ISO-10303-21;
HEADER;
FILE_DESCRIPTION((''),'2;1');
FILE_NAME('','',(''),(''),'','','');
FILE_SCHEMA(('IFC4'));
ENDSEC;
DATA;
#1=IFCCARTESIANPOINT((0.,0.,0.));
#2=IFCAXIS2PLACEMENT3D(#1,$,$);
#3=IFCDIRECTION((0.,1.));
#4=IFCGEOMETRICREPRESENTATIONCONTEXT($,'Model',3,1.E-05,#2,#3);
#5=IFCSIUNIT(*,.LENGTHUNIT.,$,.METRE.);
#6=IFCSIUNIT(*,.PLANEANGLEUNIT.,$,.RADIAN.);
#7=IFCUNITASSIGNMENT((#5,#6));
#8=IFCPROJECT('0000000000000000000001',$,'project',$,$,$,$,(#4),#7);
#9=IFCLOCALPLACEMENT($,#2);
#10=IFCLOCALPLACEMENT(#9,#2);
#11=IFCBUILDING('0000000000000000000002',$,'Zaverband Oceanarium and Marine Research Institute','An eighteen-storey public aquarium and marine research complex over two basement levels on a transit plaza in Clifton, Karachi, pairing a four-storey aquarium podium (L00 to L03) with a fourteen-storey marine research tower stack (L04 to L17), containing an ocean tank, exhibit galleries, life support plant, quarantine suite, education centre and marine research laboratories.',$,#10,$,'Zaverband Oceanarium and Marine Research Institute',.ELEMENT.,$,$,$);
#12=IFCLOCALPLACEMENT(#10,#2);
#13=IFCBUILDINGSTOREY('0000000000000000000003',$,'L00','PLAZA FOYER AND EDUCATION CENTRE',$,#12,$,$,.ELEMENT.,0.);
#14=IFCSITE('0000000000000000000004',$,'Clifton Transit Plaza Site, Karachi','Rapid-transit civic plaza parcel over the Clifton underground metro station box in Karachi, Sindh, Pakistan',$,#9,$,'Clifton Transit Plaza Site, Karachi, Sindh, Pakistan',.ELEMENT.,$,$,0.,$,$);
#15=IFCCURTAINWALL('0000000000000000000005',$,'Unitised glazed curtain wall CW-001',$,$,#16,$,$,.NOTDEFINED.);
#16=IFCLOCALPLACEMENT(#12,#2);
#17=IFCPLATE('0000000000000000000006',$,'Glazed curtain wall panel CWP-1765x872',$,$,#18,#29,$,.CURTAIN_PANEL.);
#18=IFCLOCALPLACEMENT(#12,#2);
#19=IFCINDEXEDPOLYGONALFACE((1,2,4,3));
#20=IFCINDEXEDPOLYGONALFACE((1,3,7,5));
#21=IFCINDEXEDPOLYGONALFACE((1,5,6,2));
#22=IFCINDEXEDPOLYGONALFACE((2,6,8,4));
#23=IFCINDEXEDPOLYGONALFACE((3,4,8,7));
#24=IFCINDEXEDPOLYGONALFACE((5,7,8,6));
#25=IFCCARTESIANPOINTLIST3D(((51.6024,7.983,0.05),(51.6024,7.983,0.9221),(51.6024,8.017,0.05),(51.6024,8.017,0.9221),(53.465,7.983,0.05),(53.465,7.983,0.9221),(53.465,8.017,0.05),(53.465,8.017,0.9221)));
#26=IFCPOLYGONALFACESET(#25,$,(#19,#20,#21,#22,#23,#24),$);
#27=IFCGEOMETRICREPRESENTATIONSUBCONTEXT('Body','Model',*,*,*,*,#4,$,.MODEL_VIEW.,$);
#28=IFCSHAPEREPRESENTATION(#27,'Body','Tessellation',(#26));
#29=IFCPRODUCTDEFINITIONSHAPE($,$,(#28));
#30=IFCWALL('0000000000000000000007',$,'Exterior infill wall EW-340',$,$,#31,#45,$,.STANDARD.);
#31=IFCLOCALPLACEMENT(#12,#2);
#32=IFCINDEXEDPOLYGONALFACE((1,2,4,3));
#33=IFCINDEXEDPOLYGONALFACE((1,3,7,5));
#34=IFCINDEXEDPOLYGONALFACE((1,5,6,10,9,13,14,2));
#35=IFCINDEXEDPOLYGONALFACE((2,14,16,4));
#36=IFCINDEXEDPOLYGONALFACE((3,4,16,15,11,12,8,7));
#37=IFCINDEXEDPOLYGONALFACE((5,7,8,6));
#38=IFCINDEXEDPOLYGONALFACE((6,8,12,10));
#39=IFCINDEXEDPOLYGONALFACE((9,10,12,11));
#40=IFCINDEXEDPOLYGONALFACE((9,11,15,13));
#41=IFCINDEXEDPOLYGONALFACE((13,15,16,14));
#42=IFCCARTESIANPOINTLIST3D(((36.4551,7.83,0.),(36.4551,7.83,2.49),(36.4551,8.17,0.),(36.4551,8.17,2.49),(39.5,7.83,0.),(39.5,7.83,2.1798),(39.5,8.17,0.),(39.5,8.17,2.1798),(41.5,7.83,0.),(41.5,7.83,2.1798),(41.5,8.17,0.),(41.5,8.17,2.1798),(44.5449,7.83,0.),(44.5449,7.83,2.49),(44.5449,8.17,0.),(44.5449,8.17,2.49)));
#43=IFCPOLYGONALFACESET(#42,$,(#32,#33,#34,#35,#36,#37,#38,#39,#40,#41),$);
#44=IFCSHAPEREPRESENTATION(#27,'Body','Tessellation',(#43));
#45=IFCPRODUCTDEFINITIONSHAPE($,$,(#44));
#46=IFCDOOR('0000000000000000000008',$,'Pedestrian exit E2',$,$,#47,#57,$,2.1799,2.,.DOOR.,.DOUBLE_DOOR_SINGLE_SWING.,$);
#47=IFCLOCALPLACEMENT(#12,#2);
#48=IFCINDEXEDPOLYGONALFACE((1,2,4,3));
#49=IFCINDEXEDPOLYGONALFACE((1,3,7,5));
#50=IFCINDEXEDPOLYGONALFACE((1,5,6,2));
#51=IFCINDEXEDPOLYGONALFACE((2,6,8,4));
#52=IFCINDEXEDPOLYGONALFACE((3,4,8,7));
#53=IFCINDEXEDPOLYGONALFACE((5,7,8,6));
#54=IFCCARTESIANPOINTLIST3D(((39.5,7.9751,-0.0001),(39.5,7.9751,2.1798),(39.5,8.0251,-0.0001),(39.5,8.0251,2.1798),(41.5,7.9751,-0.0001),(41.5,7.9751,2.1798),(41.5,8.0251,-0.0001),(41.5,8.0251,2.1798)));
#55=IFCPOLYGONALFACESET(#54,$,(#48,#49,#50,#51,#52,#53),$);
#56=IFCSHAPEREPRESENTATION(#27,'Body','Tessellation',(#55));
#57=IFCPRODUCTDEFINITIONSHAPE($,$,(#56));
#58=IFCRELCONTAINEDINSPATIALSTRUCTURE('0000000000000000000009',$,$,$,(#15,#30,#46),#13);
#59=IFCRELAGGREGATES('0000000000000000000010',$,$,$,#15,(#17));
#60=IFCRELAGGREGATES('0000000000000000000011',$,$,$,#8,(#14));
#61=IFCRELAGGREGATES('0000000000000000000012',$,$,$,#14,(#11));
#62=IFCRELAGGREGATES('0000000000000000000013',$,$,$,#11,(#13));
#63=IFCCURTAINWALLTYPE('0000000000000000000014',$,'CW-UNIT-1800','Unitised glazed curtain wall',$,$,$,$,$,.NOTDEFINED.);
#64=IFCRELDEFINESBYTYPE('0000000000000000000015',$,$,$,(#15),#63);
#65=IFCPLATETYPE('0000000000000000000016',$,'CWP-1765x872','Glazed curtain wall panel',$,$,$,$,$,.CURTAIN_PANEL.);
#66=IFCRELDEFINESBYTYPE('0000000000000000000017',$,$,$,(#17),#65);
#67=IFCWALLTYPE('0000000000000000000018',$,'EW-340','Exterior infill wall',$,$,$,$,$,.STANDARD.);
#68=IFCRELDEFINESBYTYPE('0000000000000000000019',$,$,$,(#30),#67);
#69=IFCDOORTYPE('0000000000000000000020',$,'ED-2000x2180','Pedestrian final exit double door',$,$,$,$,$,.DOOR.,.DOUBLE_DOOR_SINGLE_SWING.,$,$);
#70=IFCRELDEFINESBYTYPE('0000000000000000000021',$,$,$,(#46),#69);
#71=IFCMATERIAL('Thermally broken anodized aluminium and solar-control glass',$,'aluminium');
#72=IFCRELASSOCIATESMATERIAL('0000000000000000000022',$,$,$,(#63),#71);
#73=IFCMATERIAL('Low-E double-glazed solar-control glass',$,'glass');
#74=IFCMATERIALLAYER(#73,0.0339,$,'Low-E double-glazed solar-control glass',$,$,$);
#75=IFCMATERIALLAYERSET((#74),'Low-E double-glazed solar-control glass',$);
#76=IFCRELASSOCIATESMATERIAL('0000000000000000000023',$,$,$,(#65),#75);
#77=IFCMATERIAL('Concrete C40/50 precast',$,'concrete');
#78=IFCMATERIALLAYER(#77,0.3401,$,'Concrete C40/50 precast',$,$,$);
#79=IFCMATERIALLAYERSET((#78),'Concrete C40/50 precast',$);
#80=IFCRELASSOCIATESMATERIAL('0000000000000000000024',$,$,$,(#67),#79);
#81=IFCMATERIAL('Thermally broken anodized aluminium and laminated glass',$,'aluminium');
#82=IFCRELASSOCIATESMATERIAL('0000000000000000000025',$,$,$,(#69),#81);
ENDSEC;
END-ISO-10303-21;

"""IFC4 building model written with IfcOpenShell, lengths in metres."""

from ifc_helpers import new_model, si_unit, direction, frame, frame_2d, origin, place, context, subcontext, project, spatial, rectangle, extrude, material, layer, layer_set, type_object, element, fill, aggregate, save


model = new_model("IFC4")

# Units and contexts
model_context = context("Model", 3, precision=1e-05, world=origin(), true_north=direction((0.0, 1.0)))
body_context = subcontext(model_context, "Body", "Model", "MODEL_VIEW")
ifc_project = project(units=[si_unit("LENGTHUNIT", "METRE"), si_unit("PLANEANGLEUNIT", "RADIAN")], contexts=[model_context])

# Site, building, storey
site_placement = place(None, origin())
site = spatial("IfcSite", under=ifc_project, at=site_placement, Name="Clifton Transit Plaza Site, Karachi", Description="Rapid-transit civic plaza parcel over the Clifton underground metro station box in Karachi, Sindh, Pakistan", LongName="Clifton Transit Plaza Site, Karachi, Sindh, Pakistan", CompositionType="ELEMENT", RefElevation=0.0)
building_placement = place(site_placement, origin())
building = spatial("IfcBuilding", under=site, at=building_placement, Name="Zaverband Oceanarium and Marine Research Institute", Description="An eighteen-storey public aquarium and marine research complex over two basement levels on a transit plaza in Clifton, Karachi, pairing a four-storey aquarium podium (L00 to L03) with a fourteen-storey marine research tower stack (L04 to L17), containing an ocean tank, exhibit galleries, life support plant, quarantine suite, education centre and marine research laboratories.", LongName="Zaverband Oceanarium and Marine Research Institute", CompositionType="ELEMENT")
storey_placement = place(building_placement, origin())
storey = spatial("IfcBuildingStorey", under=building, at=storey_placement, Name="L00", Description="PLAZA FOYER AND EDUCATION CENTRE", CompositionType="ELEMENT", Elevation=0.0)

# Curtain wall
ifc_material_1 = material(Name="Thermally broken anodized aluminium and solar-control glass", Category="aluminium")
curtain_wall_type = type_object("IfcCurtainWallType", Name="CW-UNIT-1800", Description="Unitised glazed curtain wall", PredefinedType="NOTDEFINED", material=ifc_material_1)
curtain_wall_placement = place(storey_placement, origin())
curtain_wall = element("IfcCurtainWall", 1, at=curtain_wall_placement, inside=storey, type_object=curtain_wall_type, Name="Unitised glazed curtain wall CW-001", PredefinedType="NOTDEFINED")

# Plate
ifc_material_2 = material(Name="Low-E double-glazed solar-control glass", Category="glass")
ifc_layer_1 = layer(ifc_material_2, 0.0339, Name="Low-E double-glazed solar-control glass")
ifc_layer_set_1 = layer_set([ifc_layer_1], Name="Low-E double-glazed solar-control glass")
plate_type_1 = type_object("IfcPlateType", Name="CWP-1765x872", Description="Glazed curtain wall panel", PredefinedType="CURTAIN_PANEL", material=ifc_layer_set_1)
plate_1_placement = place(storey_placement, frame((51.6025, 8.0, 0.05), z_axis=(0.0, 0.0, 1.0), x_axis=(1.0, 0.0, 0.0)))
plate_1 = element("IfcPlate", 2, at=plate_1_placement, type_object=plate_type_1, Name="Glazed curtain wall panel CWP-1765x872", PredefinedType="CURTAIN_PANEL", context=body_context, shape_type="SweptSolid", body=[
    extrude(rectangle(XDim=1.8625, YDim=0.0339, at=frame_2d((0.9312, 0.0))), origin(), (0.0, 0.0, 1.0), 0.8721),
])
aggregate(curtain_wall, [plate_1])

# Wall, opening, door
ifc_material_3 = material(Name="Concrete C40/50 precast", Category="concrete")
ifc_layer_2 = layer(ifc_material_3, 0.3401, Name="Concrete C40/50 precast")
ifc_layer_set_2 = layer_set([ifc_layer_2], Name="Concrete C40/50 precast")
wall_type = type_object("IfcWallType", Name="EW-340", Description="Exterior infill wall", PredefinedType="STANDARD", material=ifc_layer_set_2)
wall_placement = place(storey_placement, frame((36.4551, 8.0, 0.0), z_axis=(0.0, 0.0, 1.0), x_axis=(1.0, 0.0, 0.0)))
wall = element("IfcWall", 3, at=wall_placement, inside=storey, type_object=wall_type, Name="Exterior infill wall EW-340", PredefinedType="STANDARD", context=body_context, shape_type="SweptSolid", body=[
    extrude(rectangle(XDim=8.0898, YDim=0.3401, at=frame_2d((4.0449, 0.0))), origin(), (0.0, 0.0, 1.0), 2.49),
])
opening_placement = place(wall_placement, frame((3.0449, 0.0, 0.0)))
opening = element("IfcOpeningElement", 4, at=opening_placement, cuts=wall, PredefinedType="OPENING", context=body_context, shape_type="SweptSolid", body=[
    extrude(rectangle(XDim=2.0, YDim=2.1799, at=frame_2d((1.0, 1.0898))), frame((0.0, 0.1821, 0.0), z_axis=(0.0, -1.0, 0.0), x_axis=(1.0, 0.0, 0.0)), (0.0, 0.0, 1.0), 0.364),
])
ifc_material_4 = material(Name="Thermally broken anodized aluminium and laminated glass", Category="aluminium")
door_type = type_object("IfcDoorType", Name="ED-2000x2180", Description="Pedestrian final exit double door", OperationType="DOUBLE_DOOR_SINGLE_SWING", PredefinedType="DOOR", material=ifc_material_4)
door_placement = place(opening_placement, frame((2.0, 0.0, 0.0), z_axis=(0.0, 0.0, 1.0), x_axis=(-1.0, 0.0, 0.0)))
door = element("IfcDoor", 5, at=door_placement, inside=storey, type_object=door_type, Name="Pedestrian exit E2", OperationType="DOUBLE_DOOR_SINGLE_SWING", OverallHeight=2.1799, OverallWidth=2.0, PredefinedType="DOOR", context=body_context, shape_type="SweptSolid", body=[
    extrude(rectangle(XDim=2.0, YDim=2.1799, at=frame_2d((1.0, 1.0898))), frame((0.0, 0.0249, 0.0), z_axis=(0.0, -1.0, 0.0), x_axis=(1.0, 0.0, 0.0)), (0.0, 0.0, 1.0), 0.05),
])
fill(opening, door)

save(model, "model.ifc")
